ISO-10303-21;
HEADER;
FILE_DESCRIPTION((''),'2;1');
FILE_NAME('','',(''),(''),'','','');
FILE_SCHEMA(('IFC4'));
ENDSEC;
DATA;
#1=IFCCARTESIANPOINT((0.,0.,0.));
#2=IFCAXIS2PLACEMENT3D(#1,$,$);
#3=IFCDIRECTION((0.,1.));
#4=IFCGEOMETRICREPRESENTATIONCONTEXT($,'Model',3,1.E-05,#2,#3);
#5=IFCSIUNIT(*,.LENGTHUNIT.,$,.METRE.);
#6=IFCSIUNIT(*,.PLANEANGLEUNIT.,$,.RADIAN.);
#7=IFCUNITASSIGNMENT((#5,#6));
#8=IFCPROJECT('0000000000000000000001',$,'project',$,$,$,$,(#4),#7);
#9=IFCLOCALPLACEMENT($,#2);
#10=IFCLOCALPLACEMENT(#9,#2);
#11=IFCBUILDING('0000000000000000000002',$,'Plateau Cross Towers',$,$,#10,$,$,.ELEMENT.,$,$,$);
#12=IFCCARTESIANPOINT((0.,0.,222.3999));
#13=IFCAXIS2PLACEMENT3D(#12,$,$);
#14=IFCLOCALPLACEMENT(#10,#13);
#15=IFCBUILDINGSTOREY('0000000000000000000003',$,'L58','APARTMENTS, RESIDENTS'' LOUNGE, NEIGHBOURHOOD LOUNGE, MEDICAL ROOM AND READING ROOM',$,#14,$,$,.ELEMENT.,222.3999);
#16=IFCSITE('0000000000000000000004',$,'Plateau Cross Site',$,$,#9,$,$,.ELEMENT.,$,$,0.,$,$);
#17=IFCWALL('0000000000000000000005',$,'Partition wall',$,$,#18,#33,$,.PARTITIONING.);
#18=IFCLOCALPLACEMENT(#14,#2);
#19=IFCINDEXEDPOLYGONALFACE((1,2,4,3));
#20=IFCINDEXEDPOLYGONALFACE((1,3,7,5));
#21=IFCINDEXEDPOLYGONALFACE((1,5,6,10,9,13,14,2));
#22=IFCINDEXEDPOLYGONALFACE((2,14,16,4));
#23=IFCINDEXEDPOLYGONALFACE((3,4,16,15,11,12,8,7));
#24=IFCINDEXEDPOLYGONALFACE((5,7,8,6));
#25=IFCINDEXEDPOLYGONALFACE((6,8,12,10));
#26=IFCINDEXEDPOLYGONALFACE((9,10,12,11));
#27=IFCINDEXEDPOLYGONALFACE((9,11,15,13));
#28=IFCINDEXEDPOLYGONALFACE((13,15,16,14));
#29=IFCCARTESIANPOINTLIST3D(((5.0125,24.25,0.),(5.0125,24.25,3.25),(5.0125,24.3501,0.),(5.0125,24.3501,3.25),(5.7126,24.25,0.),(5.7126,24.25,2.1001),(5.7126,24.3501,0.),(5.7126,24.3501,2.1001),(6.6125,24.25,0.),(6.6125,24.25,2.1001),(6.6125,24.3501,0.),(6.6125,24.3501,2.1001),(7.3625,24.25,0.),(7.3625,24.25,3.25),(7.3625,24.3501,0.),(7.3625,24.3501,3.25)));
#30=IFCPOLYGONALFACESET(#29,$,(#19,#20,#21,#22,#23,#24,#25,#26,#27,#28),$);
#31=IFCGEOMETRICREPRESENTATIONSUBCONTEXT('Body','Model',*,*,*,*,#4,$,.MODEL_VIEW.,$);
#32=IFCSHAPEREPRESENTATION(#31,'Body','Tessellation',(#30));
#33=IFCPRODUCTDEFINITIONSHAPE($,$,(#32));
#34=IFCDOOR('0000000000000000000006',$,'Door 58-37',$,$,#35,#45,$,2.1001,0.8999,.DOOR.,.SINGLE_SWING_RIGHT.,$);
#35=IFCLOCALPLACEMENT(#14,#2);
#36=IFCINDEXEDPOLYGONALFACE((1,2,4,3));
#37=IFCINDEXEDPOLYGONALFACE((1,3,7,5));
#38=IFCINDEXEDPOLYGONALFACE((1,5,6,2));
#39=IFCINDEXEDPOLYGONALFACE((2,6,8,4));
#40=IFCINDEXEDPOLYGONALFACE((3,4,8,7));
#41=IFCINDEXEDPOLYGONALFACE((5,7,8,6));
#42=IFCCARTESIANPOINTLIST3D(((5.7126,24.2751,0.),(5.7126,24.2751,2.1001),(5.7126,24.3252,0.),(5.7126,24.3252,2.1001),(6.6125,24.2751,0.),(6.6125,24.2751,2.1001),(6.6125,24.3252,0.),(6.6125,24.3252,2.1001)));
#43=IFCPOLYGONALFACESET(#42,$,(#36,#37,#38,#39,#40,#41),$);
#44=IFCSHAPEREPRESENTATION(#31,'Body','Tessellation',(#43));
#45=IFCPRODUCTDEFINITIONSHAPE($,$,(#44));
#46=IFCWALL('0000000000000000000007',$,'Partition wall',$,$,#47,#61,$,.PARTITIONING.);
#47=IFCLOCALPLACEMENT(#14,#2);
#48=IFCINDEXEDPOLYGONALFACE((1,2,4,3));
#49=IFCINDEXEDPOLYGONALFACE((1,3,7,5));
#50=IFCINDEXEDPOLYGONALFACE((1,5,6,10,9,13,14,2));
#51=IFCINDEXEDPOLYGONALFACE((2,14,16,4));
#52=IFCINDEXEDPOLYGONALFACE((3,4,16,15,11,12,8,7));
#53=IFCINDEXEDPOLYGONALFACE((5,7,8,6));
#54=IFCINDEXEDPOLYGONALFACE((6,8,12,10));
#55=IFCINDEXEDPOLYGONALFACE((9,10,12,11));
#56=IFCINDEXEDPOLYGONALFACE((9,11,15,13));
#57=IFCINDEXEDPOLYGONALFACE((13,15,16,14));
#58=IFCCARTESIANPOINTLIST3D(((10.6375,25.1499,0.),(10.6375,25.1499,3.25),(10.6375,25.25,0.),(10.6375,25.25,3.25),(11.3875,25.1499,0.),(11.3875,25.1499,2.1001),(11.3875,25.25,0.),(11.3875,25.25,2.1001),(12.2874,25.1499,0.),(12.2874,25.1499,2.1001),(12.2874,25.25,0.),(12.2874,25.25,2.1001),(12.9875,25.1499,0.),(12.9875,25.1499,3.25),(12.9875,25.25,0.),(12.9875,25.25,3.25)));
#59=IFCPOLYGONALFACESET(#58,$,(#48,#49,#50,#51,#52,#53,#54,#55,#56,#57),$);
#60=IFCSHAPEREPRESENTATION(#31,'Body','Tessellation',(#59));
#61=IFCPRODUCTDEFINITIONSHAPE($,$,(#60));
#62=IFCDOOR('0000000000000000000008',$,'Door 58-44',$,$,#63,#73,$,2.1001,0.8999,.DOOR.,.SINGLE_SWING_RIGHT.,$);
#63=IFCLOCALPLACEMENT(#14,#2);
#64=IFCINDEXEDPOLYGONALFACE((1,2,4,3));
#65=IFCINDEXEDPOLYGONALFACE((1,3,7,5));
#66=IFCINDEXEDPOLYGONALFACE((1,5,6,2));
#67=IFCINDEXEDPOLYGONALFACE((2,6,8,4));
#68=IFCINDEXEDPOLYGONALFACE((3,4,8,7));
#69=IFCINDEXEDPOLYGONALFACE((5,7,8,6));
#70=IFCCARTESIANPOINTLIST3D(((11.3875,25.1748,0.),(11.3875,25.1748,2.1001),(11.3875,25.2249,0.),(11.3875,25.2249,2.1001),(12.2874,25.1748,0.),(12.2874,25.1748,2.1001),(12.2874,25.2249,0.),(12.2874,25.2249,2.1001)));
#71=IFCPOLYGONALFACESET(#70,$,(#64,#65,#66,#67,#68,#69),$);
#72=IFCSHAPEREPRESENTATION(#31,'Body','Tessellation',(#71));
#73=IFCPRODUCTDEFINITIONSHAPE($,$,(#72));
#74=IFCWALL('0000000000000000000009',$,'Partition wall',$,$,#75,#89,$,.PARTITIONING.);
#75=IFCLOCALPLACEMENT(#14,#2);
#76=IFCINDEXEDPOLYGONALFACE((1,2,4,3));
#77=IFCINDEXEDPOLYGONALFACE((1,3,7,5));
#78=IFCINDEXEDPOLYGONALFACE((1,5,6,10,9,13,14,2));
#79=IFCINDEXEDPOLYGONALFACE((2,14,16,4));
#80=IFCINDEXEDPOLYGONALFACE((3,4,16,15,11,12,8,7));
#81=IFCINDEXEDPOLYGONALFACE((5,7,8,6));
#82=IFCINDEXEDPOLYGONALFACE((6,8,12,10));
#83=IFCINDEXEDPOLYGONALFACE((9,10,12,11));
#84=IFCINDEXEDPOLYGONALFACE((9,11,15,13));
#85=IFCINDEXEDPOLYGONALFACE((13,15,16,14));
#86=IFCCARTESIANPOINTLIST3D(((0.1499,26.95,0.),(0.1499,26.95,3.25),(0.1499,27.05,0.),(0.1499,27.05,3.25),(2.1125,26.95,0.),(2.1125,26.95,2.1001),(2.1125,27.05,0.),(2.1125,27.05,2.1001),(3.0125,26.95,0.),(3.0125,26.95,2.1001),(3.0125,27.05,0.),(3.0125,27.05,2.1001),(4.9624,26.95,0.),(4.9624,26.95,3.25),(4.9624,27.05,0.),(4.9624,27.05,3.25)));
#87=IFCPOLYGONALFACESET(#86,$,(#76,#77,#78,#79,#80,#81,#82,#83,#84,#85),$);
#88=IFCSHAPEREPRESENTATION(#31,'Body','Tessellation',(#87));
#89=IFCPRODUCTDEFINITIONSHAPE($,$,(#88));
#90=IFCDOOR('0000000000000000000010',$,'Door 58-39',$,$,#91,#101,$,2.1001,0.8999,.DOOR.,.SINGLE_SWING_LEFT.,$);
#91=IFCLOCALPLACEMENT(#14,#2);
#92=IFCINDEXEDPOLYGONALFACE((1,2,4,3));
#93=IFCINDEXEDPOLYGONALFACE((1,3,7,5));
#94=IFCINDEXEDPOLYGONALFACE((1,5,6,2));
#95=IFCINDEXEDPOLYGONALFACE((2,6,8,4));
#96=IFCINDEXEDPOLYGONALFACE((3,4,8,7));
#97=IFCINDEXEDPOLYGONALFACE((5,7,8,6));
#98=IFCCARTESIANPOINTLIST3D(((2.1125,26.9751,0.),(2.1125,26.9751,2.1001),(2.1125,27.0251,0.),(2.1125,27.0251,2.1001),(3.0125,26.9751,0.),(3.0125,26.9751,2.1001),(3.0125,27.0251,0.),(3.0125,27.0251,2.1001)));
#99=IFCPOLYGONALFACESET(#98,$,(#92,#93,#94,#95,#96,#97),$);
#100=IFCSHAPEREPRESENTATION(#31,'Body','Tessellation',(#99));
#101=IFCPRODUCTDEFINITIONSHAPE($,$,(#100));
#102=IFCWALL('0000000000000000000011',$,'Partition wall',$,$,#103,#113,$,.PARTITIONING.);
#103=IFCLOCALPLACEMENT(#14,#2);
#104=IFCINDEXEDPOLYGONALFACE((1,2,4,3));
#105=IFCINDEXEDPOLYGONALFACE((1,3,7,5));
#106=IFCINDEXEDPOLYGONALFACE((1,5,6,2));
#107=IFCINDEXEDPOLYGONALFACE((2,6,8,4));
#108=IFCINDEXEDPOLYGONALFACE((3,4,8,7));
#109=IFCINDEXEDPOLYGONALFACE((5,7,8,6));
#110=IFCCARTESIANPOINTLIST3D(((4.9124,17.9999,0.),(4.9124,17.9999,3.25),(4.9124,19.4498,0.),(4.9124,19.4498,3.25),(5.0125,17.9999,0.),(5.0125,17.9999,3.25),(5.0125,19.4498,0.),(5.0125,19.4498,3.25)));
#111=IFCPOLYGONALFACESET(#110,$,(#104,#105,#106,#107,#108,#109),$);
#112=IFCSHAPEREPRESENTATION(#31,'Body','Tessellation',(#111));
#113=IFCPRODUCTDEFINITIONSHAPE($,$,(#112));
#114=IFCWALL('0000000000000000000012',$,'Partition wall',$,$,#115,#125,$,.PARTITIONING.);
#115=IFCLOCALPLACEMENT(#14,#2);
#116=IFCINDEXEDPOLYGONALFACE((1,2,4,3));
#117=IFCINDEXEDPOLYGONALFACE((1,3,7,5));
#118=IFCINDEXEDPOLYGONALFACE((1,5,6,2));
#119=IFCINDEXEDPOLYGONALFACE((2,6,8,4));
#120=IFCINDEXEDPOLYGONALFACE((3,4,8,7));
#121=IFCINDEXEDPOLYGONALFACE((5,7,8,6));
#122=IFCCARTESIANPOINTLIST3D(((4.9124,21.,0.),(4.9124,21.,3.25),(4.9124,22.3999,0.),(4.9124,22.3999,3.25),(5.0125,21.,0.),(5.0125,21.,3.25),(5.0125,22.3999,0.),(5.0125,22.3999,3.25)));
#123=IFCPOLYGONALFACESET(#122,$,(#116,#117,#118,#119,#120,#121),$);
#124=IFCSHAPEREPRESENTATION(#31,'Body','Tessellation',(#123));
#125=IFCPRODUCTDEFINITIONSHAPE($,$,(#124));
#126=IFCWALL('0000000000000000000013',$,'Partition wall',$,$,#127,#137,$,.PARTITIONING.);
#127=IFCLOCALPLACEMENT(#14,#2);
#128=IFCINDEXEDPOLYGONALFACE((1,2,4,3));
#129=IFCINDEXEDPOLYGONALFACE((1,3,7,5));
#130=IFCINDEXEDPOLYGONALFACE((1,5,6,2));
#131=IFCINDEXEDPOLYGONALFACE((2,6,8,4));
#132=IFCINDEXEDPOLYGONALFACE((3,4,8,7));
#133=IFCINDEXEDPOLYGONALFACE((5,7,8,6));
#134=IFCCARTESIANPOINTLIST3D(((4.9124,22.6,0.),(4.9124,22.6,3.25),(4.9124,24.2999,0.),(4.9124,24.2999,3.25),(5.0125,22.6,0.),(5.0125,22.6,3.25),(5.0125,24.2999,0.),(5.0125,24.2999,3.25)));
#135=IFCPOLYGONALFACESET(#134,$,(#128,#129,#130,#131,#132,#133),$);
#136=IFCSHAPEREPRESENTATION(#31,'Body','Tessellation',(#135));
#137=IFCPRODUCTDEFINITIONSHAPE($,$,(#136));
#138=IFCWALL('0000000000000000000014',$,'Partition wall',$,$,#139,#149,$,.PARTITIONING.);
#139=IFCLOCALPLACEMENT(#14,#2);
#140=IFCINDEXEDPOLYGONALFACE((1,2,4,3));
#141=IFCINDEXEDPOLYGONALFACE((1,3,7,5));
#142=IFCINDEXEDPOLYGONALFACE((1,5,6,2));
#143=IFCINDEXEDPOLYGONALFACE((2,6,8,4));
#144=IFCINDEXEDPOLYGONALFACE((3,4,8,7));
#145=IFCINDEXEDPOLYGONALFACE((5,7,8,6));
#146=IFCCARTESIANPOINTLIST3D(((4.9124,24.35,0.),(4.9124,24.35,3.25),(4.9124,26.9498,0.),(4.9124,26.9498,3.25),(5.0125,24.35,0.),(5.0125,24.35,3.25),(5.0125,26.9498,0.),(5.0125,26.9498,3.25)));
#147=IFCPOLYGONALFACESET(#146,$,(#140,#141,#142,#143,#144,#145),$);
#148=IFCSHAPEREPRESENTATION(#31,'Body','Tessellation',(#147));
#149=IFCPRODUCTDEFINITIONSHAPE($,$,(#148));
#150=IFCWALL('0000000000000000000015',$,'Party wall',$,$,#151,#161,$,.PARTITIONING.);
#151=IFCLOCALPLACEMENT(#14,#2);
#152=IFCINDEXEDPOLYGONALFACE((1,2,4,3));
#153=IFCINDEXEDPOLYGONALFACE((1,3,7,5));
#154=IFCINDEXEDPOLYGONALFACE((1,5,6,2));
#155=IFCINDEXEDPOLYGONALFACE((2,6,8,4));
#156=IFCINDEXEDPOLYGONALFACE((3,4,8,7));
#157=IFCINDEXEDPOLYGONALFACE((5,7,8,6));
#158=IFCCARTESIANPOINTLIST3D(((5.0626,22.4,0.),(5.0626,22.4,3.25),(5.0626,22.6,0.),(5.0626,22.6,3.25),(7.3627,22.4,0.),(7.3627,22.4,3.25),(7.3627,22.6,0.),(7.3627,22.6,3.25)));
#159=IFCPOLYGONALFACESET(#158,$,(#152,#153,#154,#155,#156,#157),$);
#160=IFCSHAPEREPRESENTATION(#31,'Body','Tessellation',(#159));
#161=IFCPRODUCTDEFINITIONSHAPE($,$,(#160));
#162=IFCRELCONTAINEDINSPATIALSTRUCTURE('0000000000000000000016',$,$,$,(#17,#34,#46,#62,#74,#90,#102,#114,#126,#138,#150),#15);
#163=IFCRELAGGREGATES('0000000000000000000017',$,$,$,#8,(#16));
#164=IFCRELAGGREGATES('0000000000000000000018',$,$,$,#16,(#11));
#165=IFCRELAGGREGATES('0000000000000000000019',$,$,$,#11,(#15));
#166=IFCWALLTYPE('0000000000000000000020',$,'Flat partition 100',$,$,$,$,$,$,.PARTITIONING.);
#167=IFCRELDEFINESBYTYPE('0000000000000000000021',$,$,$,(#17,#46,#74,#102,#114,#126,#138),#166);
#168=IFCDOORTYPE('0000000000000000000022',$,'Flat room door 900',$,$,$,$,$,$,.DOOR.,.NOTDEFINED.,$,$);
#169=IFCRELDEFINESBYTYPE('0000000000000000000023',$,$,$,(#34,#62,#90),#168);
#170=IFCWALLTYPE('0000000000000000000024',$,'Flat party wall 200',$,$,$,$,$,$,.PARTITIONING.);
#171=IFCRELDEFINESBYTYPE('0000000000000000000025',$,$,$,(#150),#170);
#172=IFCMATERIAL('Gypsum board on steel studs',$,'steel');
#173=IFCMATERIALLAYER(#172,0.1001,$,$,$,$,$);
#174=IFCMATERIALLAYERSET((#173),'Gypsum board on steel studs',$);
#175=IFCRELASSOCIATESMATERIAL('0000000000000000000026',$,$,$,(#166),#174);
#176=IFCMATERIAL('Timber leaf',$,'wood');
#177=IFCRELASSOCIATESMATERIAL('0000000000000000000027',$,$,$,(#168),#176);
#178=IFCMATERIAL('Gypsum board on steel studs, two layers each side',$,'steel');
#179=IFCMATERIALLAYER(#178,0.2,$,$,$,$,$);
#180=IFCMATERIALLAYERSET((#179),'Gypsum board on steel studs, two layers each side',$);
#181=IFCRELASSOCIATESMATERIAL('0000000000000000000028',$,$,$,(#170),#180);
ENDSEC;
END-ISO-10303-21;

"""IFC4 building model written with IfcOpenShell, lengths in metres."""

from ifc_helpers import new_model, si_unit, direction, frame, frame_2d, origin, place, context, subcontext, project, spatial, rectangle, extrude, material, layer, layer_set, type_object, element, fill, save


model = new_model("IFC4")

# Units and contexts
model_context = context("Model", 3, precision=1e-05, world=origin(), true_north=direction((0.0, 1.0)))
body_context = subcontext(model_context, "Body", "Model", "MODEL_VIEW")
ifc_project = project(units=[si_unit("LENGTHUNIT", "METRE"), si_unit("PLANEANGLEUNIT", "RADIAN")], contexts=[model_context])

# Site, building, storey
site_placement = place(None, origin())
site = spatial("IfcSite", under=ifc_project, at=site_placement, Name="Plateau Cross Site", CompositionType="ELEMENT", RefElevation=0.0)
building_placement = place(site_placement, origin())
building = spatial("IfcBuilding", under=site, at=building_placement, Name="Plateau Cross Towers", CompositionType="ELEMENT")
storey_placement = place(building_placement, frame((0.0, 0.0, 222.3999)))
storey = spatial("IfcBuildingStorey", under=building, at=storey_placement, Name="L58", Description="APARTMENTS, RESIDENTS' LOUNGE, NEIGHBOURHOOD LOUNGE, MEDICAL ROOM AND READING ROOM", CompositionType="ELEMENT", Elevation=222.3999)

# Walls, openings, doors
ifc_material_1 = material(Name="Gypsum board on steel studs", Category="steel")
ifc_layer_1 = layer(ifc_material_1, 0.1001)
ifc_layer_set_1 = layer_set([ifc_layer_1], Name="Gypsum board on steel studs")
wall_type_1 = type_object("IfcWallType", Name="Flat partition 100", PredefinedType="PARTITIONING", material=ifc_layer_set_1)
ifc_material_2 = material(Name="Timber leaf", Category="wood")
door_type_1 = type_object("IfcDoorType", Name="Flat room door 900", OperationType="NOTDEFINED", PredefinedType="DOOR", material=ifc_material_2)
wall_1_placement = place(storey_placement, frame((7.3625, 24.3, 0.0), z_axis=(0.0, 0.0, 1.0), x_axis=(-1.0, 0.0, 0.0)))
wall_1 = element("IfcWall", 1, at=wall_1_placement, inside=storey, type_object=wall_type_1, Name="Partition wall", PredefinedType="PARTITIONING", context=body_context, shape_type="SweptSolid", body=[
    extrude(rectangle(XDim=2.3501, YDim=0.1001, at=frame_2d((1.175, 0.0))), origin(), (0.0, 0.0, 1.0), 3.25),
])
opening_1_placement = place(wall_1_placement, frame((0.75, 0.0, 0.0)))
opening_1 = element("IfcOpeningElement", 2, at=opening_1_placement, cuts=wall_1, PredefinedType="OPENING", context=body_context, shape_type="SweptSolid", body=[
    extrude(rectangle(XDim=0.8999, YDim=2.1001, at=frame_2d((0.45, 1.05))), frame((0.0, 0.0601, 0.0), z_axis=(0.0, -1.0, 0.0), x_axis=(1.0, 0.0, 0.0)), (0.0, 0.0, 1.0), 0.1201),
])
door_1_placement = place(opening_1_placement, origin())
door_1 = element("IfcDoor", 3, at=door_1_placement, inside=storey, type_object=door_type_1, Name="Door 58-37", OperationType="SINGLE_SWING_RIGHT", OverallHeight=2.1001, OverallWidth=0.8999, PredefinedType="DOOR", context=body_context, shape_type="SweptSolid", body=[
    extrude(rectangle(XDim=0.8999, YDim=2.1001, at=frame_2d((0.45, 1.05))), frame((0.0, 0.0249, 0.0), z_axis=(0.0, -1.0, 0.0), x_axis=(1.0, 0.0, 0.0)), (0.0, 0.0, 1.0), 0.05),
])
fill(opening_1, door_1)
wall_2_placement = place(storey_placement, frame((10.6375, 25.2, 0.0), z_axis=(0.0, 0.0, 1.0), x_axis=(1.0, 0.0, 0.0)))
wall_2 = element("IfcWall", 4, at=wall_2_placement, inside=storey, type_object=wall_type_1, Name="Partition wall", PredefinedType="PARTITIONING", context=body_context, shape_type="SweptSolid", body=[
    extrude(rectangle(XDim=2.3501, YDim=0.1001, at=frame_2d((1.175, 0.0))), origin(), (0.0, 0.0, 1.0), 3.25),
])
opening_2_placement = place(wall_2_placement, frame((0.75, 0.0, 0.0)))
opening_2 = element("IfcOpeningElement", 5, at=opening_2_placement, cuts=wall_2, PredefinedType="OPENING", context=body_context, shape_type="SweptSolid", body=[
    extrude(rectangle(XDim=0.8999, YDim=2.1001, at=frame_2d((0.45, 1.05))), frame((0.0, 0.0601, 0.0), z_axis=(0.0, -1.0, 0.0), x_axis=(1.0, 0.0, 0.0)), (0.0, 0.0, 1.0), 0.1201),
])
door_2_placement = place(opening_2_placement, origin())
door_2 = element("IfcDoor", 6, at=door_2_placement, inside=storey, type_object=door_type_1, Name="Door 58-44", OperationType="SINGLE_SWING_RIGHT", OverallHeight=2.1001, OverallWidth=0.8999, PredefinedType="DOOR", context=body_context, shape_type="SweptSolid", body=[
    extrude(rectangle(XDim=0.8999, YDim=2.1001, at=frame_2d((0.45, 1.05))), frame((0.0, 0.0249, 0.0), z_axis=(0.0, -1.0, 0.0), x_axis=(1.0, 0.0, 0.0)), (0.0, 0.0, 1.0), 0.05),
])
fill(opening_2, door_2)
wall_3_placement = place(storey_placement, frame((4.9624, 27.0, 0.0), z_axis=(0.0, 0.0, 1.0), x_axis=(-1.0, 0.0, 0.0)))
wall_3 = element("IfcWall", 7, at=wall_3_placement, inside=storey, type_object=wall_type_1, Name="Partition wall", PredefinedType="PARTITIONING", context=body_context, shape_type="SweptSolid", body=[
    extrude(rectangle(XDim=4.8125, YDim=0.1001, at=frame_2d((2.4062, 0.0))), origin(), (0.0, 0.0, 1.0), 3.25),
])
opening_3_placement = place(wall_3_placement, frame((1.95, 0.0, 0.0)))
opening_3 = element("IfcOpeningElement", 8, at=opening_3_placement, cuts=wall_3, PredefinedType="OPENING", context=body_context, shape_type="SweptSolid", body=[
    extrude(rectangle(XDim=0.8999, YDim=2.1001, at=frame_2d((0.45, 1.05))), frame((0.0, 0.0601, 0.0), z_axis=(0.0, -1.0, 0.0), x_axis=(1.0, 0.0, 0.0)), (0.0, 0.0, 1.0), 0.1201),
])
door_3_placement = place(opening_3_placement, origin())
door_3 = element("IfcDoor", 9, at=door_3_placement, inside=storey, type_object=door_type_1, Name="Door 58-39", OperationType="SINGLE_SWING_LEFT", OverallHeight=2.1001, OverallWidth=0.8999, PredefinedType="DOOR", context=body_context, shape_type="SweptSolid", body=[
    extrude(rectangle(XDim=0.8999, YDim=2.1001, at=frame_2d((0.45, 1.05))), frame((0.0, 0.0249, 0.0), z_axis=(0.0, -1.0, 0.0), x_axis=(1.0, 0.0, 0.0)), (0.0, 0.0, 1.0), 0.05),
])
fill(opening_3, door_3)

# Walls
wall_4_placement = place(storey_placement, frame((4.9624, 19.45, 0.0), z_axis=(0.0, 0.0, 1.0), x_axis=(0.0, -1.0, 0.0)))
element("IfcWall", 10, at=wall_4_placement, inside=storey, type_object=wall_type_1, Name="Partition wall", PredefinedType="PARTITIONING", context=body_context, shape_type="SweptSolid", body=[
    extrude(rectangle(XDim=1.45, YDim=0.1001, at=frame_2d((0.7251, 0.0))), origin(), (0.0, 0.0, 1.0), 3.25),
])
wall_5_placement = place(storey_placement, frame((4.9624, 22.3999, 0.0), z_axis=(0.0, 0.0, 1.0), x_axis=(0.0, -1.0, 0.0)))
element("IfcWall", 11, at=wall_5_placement, inside=storey, type_object=wall_type_1, Name="Partition wall", PredefinedType="PARTITIONING", context=body_context, shape_type="SweptSolid", body=[
    extrude(rectangle(XDim=1.3999, YDim=0.1001, at=frame_2d((0.7, 0.0))), origin(), (0.0, 0.0, 1.0), 3.25),
])
wall_6_placement = place(storey_placement, frame((4.9624, 24.3, 0.0), z_axis=(0.0, 0.0, 1.0), x_axis=(0.0, -1.0, 0.0)))
element("IfcWall", 12, at=wall_6_placement, inside=storey, type_object=wall_type_1, Name="Partition wall", PredefinedType="PARTITIONING", context=body_context, shape_type="SweptSolid", body=[
    extrude(rectangle(XDim=1.7, YDim=0.1001, at=frame_2d((0.8501, 0.0))), origin(), (0.0, 0.0, 1.0), 3.25),
])
wall_7_placement = place(storey_placement, frame((4.9624, 24.3501, 0.0), z_axis=(0.0, 0.0, 1.0), x_axis=(0.0, 1.0, 0.0)))
element("IfcWall", 13, at=wall_7_placement, inside=storey, type_object=wall_type_1, Name="Partition wall", PredefinedType="PARTITIONING", context=body_context, shape_type="SweptSolid", body=[
    extrude(rectangle(XDim=2.5999, YDim=0.1001, at=frame_2d((1.2998, 0.0))), origin(), (0.0, 0.0, 1.0), 3.25),
])
ifc_material_3 = material(Name="Gypsum board on steel studs, two layers each side", Category="steel")
ifc_layer_2 = layer(ifc_material_3, 0.2)
ifc_layer_set_2 = layer_set([ifc_layer_2], Name="Gypsum board on steel studs, two layers each side")
wall_type_2 = type_object("IfcWallType", Name="Flat party wall 200", PredefinedType="PARTITIONING", material=ifc_layer_set_2)
wall_8_placement = place(storey_placement, frame((7.3625, 22.5, 0.0), z_axis=(0.0, 0.0, 1.0), x_axis=(-1.0, 0.0, 0.0)))
element("IfcWall", 14, at=wall_8_placement, inside=storey, type_object=wall_type_2, Name="Party wall", PredefinedType="PARTITIONING", context=body_context, shape_type="SweptSolid", body=[
    extrude(rectangle(XDim=2.3, YDim=0.2, at=frame_2d((1.1499, 0.0))), origin(), (0.0, 0.0, 1.0), 3.25),
])

save(model, "model.ifc")
